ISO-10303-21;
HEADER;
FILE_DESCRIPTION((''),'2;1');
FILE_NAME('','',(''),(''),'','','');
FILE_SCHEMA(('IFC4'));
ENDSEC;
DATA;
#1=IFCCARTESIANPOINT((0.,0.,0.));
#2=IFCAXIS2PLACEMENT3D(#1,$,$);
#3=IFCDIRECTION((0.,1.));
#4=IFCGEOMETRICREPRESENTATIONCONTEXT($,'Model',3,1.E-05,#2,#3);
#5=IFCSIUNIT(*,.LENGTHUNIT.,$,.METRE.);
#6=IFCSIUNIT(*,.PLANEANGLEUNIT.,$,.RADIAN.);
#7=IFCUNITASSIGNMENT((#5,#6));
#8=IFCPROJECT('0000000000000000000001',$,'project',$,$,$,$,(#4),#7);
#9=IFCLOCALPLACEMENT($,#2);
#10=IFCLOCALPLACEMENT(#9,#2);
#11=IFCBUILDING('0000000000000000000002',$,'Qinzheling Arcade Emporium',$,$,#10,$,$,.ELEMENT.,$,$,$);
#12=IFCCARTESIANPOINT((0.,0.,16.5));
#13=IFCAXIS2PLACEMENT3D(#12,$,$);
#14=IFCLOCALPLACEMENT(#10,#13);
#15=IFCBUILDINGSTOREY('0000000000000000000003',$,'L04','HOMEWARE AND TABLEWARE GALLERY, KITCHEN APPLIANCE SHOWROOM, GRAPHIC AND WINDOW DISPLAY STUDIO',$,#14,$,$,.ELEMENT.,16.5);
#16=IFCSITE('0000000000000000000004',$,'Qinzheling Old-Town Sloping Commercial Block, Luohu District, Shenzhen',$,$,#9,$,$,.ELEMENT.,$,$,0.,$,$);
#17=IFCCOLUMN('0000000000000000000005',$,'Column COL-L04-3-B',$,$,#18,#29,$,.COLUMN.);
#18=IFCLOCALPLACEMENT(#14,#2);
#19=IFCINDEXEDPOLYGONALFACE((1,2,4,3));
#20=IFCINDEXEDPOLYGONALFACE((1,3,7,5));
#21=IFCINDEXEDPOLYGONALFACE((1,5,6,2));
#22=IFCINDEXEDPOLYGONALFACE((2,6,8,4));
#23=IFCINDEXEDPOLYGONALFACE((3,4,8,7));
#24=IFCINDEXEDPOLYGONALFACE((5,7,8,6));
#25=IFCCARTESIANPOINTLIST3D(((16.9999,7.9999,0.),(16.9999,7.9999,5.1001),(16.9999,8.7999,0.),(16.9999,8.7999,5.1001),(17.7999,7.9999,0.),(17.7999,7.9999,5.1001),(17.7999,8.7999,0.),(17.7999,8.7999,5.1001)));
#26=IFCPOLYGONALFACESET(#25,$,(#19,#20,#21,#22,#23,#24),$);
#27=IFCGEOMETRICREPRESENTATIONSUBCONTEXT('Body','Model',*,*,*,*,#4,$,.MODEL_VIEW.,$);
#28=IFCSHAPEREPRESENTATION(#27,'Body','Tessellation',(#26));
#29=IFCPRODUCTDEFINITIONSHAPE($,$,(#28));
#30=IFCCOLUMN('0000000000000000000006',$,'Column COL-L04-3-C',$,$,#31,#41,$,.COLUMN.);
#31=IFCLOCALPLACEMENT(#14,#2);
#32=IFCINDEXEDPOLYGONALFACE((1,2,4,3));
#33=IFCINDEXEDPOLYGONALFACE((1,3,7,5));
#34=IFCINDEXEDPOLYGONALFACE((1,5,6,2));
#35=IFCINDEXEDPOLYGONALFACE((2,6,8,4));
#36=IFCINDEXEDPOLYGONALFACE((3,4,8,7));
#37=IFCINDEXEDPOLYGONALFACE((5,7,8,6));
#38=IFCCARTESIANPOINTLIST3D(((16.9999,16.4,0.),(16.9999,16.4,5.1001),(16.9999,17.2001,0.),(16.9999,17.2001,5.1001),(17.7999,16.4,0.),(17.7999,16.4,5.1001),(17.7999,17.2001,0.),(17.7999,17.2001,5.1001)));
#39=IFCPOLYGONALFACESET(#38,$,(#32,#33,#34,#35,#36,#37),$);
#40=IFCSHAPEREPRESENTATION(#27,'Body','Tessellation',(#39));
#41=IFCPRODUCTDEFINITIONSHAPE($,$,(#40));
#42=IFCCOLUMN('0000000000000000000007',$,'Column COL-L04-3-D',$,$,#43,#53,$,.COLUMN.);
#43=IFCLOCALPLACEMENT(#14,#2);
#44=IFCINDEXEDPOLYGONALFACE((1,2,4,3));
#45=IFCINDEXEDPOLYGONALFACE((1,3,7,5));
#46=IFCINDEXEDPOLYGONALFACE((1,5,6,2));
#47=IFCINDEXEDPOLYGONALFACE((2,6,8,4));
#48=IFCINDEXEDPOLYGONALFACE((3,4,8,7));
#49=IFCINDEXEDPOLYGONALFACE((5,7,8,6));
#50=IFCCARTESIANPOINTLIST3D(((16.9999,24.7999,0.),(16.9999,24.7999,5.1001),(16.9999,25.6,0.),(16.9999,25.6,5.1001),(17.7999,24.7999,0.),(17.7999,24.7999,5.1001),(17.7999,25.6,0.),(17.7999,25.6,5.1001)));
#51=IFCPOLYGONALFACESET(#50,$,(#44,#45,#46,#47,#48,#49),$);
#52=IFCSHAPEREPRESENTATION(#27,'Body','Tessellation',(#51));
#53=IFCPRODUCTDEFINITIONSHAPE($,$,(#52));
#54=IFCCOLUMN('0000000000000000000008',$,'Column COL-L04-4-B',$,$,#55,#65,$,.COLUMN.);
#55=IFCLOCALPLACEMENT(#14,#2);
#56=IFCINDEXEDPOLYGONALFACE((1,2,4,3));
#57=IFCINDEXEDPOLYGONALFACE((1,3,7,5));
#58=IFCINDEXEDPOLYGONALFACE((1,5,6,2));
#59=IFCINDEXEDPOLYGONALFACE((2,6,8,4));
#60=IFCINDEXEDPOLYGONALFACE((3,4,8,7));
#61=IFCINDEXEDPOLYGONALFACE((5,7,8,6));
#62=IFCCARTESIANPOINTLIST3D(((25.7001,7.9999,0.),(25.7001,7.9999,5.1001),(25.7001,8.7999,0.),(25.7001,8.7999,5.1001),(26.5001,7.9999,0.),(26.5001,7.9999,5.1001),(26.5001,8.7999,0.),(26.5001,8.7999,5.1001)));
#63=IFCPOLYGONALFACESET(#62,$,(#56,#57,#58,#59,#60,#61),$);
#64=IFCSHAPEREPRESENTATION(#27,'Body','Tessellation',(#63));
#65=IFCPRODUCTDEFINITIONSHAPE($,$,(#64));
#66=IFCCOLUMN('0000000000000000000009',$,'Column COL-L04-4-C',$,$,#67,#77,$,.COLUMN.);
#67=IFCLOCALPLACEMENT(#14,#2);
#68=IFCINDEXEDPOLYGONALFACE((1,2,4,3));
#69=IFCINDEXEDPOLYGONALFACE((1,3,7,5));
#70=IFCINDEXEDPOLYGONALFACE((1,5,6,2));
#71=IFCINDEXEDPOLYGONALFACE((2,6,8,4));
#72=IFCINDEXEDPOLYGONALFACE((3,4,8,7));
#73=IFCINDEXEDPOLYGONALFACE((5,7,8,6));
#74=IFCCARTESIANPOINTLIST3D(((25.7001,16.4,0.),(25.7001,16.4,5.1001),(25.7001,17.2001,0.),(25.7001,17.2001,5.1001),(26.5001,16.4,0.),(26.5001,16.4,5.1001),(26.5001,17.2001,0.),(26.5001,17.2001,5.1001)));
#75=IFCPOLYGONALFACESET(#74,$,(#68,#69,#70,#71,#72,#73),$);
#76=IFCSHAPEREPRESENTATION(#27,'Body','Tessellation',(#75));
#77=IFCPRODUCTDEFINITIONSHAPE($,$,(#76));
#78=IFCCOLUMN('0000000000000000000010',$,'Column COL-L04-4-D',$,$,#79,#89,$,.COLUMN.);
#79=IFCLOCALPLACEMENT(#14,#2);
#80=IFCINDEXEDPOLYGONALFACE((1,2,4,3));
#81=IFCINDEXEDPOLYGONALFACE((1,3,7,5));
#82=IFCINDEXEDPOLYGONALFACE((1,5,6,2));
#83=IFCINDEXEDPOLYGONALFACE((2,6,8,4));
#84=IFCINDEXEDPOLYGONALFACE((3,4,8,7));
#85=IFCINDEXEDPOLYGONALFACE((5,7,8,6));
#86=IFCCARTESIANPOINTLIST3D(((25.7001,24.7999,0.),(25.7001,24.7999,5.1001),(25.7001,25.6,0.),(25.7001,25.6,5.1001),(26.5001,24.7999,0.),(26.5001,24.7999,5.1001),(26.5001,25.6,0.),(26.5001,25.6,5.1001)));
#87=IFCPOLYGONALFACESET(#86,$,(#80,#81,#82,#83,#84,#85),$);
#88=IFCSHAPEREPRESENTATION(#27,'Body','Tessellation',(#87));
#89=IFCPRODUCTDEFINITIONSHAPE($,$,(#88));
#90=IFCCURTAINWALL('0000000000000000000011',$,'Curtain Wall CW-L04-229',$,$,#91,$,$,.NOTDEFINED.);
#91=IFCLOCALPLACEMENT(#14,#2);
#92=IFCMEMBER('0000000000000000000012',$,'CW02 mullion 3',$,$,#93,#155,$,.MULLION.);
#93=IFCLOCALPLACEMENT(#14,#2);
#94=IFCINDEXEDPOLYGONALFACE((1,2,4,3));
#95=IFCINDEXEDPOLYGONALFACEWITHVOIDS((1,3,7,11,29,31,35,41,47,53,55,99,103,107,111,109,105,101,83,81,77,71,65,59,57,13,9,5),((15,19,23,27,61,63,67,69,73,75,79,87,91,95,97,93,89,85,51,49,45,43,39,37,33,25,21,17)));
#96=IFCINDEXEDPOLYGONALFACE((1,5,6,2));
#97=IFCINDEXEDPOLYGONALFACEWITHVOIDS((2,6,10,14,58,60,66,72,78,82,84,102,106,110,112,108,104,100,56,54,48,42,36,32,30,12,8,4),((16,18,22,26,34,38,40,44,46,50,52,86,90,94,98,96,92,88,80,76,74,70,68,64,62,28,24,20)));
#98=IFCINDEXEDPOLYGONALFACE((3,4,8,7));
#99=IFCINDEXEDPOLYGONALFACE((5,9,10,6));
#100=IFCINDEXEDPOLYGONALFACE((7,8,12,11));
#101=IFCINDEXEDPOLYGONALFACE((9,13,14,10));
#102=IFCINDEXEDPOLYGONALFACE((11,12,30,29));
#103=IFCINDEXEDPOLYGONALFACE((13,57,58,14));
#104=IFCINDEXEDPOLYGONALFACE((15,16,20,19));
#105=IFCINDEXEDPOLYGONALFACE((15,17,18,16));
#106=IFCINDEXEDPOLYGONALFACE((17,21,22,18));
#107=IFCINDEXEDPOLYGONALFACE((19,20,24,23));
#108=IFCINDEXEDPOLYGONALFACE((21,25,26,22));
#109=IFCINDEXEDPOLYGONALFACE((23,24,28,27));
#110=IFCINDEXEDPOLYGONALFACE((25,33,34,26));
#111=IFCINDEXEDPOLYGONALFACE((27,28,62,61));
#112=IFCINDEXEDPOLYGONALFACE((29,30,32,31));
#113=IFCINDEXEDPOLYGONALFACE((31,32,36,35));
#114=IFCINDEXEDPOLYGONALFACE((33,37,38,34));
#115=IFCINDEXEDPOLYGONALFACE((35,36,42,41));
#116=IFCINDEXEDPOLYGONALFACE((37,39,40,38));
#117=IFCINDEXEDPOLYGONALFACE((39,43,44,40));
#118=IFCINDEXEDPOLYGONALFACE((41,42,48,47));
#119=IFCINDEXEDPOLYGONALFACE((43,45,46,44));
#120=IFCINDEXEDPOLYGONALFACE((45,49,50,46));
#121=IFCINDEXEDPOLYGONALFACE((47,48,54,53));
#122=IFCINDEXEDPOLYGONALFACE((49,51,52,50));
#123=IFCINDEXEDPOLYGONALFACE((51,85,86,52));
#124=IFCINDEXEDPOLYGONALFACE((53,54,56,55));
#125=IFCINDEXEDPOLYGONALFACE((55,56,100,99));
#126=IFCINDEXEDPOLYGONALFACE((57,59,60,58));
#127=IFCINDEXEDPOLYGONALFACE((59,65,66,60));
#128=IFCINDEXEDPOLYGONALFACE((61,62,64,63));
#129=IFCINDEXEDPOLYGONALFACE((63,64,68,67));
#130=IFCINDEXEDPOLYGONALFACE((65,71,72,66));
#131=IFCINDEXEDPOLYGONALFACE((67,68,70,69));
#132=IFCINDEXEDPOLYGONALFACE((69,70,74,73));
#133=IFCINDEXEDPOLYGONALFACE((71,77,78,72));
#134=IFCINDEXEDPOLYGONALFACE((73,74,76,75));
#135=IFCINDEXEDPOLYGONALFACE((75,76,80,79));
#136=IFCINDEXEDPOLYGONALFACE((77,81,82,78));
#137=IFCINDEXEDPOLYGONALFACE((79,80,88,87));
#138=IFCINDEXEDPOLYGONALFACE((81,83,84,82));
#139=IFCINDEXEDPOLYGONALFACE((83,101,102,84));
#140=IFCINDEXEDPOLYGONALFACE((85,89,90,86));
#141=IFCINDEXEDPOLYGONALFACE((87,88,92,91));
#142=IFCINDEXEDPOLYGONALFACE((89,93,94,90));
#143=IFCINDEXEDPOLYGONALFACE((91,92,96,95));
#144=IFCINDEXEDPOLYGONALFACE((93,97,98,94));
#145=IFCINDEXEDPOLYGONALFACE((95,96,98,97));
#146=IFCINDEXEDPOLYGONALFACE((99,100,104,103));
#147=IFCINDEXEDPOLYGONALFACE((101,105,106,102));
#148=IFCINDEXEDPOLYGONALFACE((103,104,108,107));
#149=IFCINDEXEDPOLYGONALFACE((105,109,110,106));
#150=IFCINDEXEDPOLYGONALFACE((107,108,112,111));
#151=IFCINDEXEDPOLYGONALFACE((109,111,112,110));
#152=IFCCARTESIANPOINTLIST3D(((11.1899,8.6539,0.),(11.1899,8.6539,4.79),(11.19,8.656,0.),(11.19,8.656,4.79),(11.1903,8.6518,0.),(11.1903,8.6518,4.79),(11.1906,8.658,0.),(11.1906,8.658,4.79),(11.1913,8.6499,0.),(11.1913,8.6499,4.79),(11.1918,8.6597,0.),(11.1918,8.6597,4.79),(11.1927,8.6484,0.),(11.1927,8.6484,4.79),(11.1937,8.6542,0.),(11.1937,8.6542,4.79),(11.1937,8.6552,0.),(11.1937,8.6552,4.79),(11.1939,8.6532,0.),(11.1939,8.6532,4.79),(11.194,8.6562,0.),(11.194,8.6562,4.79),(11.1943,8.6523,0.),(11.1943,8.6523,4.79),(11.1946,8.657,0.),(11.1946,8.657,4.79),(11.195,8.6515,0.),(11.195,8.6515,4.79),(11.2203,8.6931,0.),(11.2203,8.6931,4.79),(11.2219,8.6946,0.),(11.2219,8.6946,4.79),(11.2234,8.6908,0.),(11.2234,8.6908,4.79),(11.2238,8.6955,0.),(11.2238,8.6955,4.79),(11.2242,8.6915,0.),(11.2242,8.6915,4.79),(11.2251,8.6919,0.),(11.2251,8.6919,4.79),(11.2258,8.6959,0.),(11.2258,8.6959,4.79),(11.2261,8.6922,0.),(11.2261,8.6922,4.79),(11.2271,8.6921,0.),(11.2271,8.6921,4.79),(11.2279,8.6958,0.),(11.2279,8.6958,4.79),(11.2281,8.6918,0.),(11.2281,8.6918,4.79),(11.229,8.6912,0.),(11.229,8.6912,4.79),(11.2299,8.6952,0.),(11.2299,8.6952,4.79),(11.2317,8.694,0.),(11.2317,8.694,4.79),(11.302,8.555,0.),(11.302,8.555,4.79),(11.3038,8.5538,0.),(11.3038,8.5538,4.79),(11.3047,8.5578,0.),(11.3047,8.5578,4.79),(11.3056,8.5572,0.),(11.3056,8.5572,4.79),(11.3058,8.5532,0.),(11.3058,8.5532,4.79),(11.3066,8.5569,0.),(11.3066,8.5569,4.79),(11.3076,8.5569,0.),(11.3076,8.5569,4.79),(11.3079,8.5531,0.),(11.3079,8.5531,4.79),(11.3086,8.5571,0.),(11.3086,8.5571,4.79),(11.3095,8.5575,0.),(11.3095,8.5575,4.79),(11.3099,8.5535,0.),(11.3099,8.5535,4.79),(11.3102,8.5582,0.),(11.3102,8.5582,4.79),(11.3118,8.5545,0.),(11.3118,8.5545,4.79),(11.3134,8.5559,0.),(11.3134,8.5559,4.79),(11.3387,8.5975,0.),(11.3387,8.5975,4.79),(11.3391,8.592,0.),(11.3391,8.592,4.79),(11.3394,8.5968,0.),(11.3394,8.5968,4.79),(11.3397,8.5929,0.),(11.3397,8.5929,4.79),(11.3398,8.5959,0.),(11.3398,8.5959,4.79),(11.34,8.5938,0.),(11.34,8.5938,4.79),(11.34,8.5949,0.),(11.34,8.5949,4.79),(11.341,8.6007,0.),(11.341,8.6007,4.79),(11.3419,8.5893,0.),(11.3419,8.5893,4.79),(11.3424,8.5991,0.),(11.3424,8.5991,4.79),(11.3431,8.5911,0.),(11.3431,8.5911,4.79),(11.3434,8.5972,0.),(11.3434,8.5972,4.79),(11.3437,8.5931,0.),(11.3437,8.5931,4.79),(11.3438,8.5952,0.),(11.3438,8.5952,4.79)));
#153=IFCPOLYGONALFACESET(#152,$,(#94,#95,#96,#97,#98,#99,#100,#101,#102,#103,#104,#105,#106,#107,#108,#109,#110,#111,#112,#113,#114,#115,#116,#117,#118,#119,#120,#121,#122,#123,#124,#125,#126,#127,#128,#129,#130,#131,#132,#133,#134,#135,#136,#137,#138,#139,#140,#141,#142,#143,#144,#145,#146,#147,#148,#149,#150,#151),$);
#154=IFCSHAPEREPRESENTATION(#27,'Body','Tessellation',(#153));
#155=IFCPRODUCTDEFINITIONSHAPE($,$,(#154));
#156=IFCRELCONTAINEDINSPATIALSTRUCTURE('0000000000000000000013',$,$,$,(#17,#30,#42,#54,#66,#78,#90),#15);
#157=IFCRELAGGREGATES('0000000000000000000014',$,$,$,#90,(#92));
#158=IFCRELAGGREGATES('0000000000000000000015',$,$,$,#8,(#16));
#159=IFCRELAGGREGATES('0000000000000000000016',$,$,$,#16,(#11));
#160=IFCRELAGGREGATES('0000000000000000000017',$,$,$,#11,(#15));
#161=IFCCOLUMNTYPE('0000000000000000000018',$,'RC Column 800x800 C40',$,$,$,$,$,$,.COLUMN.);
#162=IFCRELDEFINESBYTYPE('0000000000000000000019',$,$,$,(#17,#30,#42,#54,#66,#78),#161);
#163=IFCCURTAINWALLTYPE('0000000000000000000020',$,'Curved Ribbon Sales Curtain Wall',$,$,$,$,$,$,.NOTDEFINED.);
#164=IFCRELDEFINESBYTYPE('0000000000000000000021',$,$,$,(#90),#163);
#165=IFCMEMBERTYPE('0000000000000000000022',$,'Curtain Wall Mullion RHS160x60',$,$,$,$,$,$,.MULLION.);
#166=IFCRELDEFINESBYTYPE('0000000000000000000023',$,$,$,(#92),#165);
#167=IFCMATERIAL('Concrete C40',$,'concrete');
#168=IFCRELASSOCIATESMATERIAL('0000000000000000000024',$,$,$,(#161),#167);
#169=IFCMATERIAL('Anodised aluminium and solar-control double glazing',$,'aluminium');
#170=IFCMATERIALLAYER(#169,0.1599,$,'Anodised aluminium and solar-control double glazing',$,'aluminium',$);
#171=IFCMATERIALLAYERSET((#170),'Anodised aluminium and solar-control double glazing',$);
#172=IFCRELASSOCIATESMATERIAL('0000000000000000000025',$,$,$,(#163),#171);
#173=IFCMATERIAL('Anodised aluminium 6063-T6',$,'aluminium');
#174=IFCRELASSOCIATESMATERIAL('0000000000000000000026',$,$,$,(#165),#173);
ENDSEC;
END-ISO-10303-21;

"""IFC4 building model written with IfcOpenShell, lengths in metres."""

from ifc_helpers import new_model, si_unit, direction, frame, origin, origin_2d, place, context, subcontext, project, spatial, rectangle, hollow_rectangle, extrude, material, layer, layer_set, material_profile, profile_set, type_object, element, aggregate, save


model = new_model("IFC4")

# Units and contexts
model_context = context("Model", 3, precision=1e-05, world=origin(), true_north=direction((0.0, 1.0)))
body_context = subcontext(model_context, "Body", "Model", "MODEL_VIEW")
ifc_project = project(units=[si_unit("LENGTHUNIT", "METRE"), si_unit("PLANEANGLEUNIT", "RADIAN")], contexts=[model_context])

# Site, building, storey
site_placement = place(None, origin())
site = spatial("IfcSite", under=ifc_project, at=site_placement, Name="Qinzheling Old-Town Sloping Commercial Block, Luohu District, Shenzhen", CompositionType="ELEMENT", RefElevation=0.0)
building_placement = place(site_placement, origin())
building = spatial("IfcBuilding", under=site, at=building_placement, Name="Qinzheling Arcade Emporium", CompositionType="ELEMENT")
storey_placement = place(building_placement, frame((0.0, 0.0, 16.5)))
storey = spatial("IfcBuildingStorey", under=building, at=storey_placement, Name="L04", Description="HOMEWARE AND TABLEWARE GALLERY, KITCHEN APPLIANCE SHOWROOM, GRAPHIC AND WINDOW DISPLAY STUDIO", CompositionType="ELEMENT", Elevation=16.5)

# Columns
ifc_material_1 = material(Name="Concrete C40", Category="concrete")
ifc_material_profile_1 = material_profile(ifc_material_1, rectangle(XDim=0.8, YDim=0.8, at=origin_2d()), Name="RC 800x800", Category="concrete")
ifc_profile_set_1 = profile_set([ifc_material_profile_1], Name="Concrete C40")
column_type = type_object("IfcColumnType", Name="RC Column 800x800 C40", PredefinedType="COLUMN", material=ifc_profile_set_1)
for number, where, z_axis, x_axis, name in (
    (1, (17.3999, 8.3999, 0.0), (0.0, 0.0, 1.0), (1.0, 0.0, 0.0), "Column COL-L04-3-B"),
    (2, (17.3999, 16.8, 0.0), (0.0, 0.0, 1.0), (1.0, 0.0, 0.0), "Column COL-L04-3-C"),
    (3, (17.3999, 25.2, 0.0), (0.0, 0.0, 1.0), (1.0, 0.0, 0.0), "Column COL-L04-3-D"),
    (4, (26.1001, 8.3999, 0.0), (0.0, 0.0, 1.0), (1.0, 0.0, 0.0), "Column COL-L04-4-B"),
    (5, (26.1001, 16.8, 0.0), (0.0, 0.0, 1.0), (1.0, 0.0, 0.0), "Column COL-L04-4-C"),
    (6, (26.1001, 25.2, 0.0), (0.0, 0.0, 1.0), (1.0, 0.0, 0.0), "Column COL-L04-4-D"),
):
    element("IfcColumn", number, at=place(storey_placement, frame(where, z_axis=z_axis, x_axis=x_axis)), inside=storey, type_object=column_type, Name=name, PredefinedType="COLUMN", context=body_context, shape_type="SweptSolid", body=[
        extrude(rectangle(XDim=0.8, YDim=0.8, at=origin_2d()), origin(), (0.0, 0.0, 1.0), 5.1001),
    ])

# Curtain wall, member
ifc_material_2 = material(Name="Anodised aluminium and solar-control double glazing", Category="aluminium")
ifc_layer_1 = layer(ifc_material_2, 0.1599, Name="Anodised aluminium and solar-control double glazing", Category="aluminium")
ifc_layer_set_1 = layer_set([ifc_layer_1], Name="Anodised aluminium and solar-control double glazing")
curtain_wall_type = type_object("IfcCurtainWallType", Name="Curved Ribbon Sales Curtain Wall", PredefinedType="NOTDEFINED", material=ifc_layer_set_1)
curtain_wall_1_placement = place(storey_placement, origin())
curtain_wall_1 = element("IfcCurtainWall", 7, at=curtain_wall_1_placement, inside=storey, type_object=curtain_wall_type, Name="Curtain Wall CW-L04-229", PredefinedType="NOTDEFINED")
ifc_material_3 = material(Name="Anodised aluminium 6063-T6", Category="aluminium")
ifc_material_profile_2 = material_profile(ifc_material_3, hollow_rectangle(XDim=0.0601, YDim=0.1599, WallThickness=0.0039, InnerFilletRadius=0.0039, OuterFilletRadius=0.0081, at=origin_2d()), Name="RHS 160x60x4", Category="aluminium")
ifc_profile_set_2 = profile_set([ifc_material_profile_2], Name="Anodised aluminium 6063-T6")
member_type_1 = type_object("IfcMemberType", Name="Curtain Wall Mullion RHS160x60", PredefinedType="MULLION", material=ifc_profile_set_2)
member_1_placement = place(storey_placement, frame((11.2668, 8.6245, 0.0), z_axis=(0.0, 0.0, 1.0), x_axis=(-0.649454, -0.760401, 0.0)))
member_1 = element("IfcMember", 8, at=member_1_placement, type_object=member_type_1, Name="CW02 mullion 3", PredefinedType="MULLION", context=body_context, shape_type="SweptSolid", body=[
    extrude(hollow_rectangle(XDim=0.0601, YDim=0.1599, WallThickness=0.0039, InnerFilletRadius=0.0039, OuterFilletRadius=0.0081, at=origin_2d()), origin(), (0.0, 0.0, 1.0), 4.79),
])
aggregate(curtain_wall_1, [member_1])

save(model, "model.ifc")
